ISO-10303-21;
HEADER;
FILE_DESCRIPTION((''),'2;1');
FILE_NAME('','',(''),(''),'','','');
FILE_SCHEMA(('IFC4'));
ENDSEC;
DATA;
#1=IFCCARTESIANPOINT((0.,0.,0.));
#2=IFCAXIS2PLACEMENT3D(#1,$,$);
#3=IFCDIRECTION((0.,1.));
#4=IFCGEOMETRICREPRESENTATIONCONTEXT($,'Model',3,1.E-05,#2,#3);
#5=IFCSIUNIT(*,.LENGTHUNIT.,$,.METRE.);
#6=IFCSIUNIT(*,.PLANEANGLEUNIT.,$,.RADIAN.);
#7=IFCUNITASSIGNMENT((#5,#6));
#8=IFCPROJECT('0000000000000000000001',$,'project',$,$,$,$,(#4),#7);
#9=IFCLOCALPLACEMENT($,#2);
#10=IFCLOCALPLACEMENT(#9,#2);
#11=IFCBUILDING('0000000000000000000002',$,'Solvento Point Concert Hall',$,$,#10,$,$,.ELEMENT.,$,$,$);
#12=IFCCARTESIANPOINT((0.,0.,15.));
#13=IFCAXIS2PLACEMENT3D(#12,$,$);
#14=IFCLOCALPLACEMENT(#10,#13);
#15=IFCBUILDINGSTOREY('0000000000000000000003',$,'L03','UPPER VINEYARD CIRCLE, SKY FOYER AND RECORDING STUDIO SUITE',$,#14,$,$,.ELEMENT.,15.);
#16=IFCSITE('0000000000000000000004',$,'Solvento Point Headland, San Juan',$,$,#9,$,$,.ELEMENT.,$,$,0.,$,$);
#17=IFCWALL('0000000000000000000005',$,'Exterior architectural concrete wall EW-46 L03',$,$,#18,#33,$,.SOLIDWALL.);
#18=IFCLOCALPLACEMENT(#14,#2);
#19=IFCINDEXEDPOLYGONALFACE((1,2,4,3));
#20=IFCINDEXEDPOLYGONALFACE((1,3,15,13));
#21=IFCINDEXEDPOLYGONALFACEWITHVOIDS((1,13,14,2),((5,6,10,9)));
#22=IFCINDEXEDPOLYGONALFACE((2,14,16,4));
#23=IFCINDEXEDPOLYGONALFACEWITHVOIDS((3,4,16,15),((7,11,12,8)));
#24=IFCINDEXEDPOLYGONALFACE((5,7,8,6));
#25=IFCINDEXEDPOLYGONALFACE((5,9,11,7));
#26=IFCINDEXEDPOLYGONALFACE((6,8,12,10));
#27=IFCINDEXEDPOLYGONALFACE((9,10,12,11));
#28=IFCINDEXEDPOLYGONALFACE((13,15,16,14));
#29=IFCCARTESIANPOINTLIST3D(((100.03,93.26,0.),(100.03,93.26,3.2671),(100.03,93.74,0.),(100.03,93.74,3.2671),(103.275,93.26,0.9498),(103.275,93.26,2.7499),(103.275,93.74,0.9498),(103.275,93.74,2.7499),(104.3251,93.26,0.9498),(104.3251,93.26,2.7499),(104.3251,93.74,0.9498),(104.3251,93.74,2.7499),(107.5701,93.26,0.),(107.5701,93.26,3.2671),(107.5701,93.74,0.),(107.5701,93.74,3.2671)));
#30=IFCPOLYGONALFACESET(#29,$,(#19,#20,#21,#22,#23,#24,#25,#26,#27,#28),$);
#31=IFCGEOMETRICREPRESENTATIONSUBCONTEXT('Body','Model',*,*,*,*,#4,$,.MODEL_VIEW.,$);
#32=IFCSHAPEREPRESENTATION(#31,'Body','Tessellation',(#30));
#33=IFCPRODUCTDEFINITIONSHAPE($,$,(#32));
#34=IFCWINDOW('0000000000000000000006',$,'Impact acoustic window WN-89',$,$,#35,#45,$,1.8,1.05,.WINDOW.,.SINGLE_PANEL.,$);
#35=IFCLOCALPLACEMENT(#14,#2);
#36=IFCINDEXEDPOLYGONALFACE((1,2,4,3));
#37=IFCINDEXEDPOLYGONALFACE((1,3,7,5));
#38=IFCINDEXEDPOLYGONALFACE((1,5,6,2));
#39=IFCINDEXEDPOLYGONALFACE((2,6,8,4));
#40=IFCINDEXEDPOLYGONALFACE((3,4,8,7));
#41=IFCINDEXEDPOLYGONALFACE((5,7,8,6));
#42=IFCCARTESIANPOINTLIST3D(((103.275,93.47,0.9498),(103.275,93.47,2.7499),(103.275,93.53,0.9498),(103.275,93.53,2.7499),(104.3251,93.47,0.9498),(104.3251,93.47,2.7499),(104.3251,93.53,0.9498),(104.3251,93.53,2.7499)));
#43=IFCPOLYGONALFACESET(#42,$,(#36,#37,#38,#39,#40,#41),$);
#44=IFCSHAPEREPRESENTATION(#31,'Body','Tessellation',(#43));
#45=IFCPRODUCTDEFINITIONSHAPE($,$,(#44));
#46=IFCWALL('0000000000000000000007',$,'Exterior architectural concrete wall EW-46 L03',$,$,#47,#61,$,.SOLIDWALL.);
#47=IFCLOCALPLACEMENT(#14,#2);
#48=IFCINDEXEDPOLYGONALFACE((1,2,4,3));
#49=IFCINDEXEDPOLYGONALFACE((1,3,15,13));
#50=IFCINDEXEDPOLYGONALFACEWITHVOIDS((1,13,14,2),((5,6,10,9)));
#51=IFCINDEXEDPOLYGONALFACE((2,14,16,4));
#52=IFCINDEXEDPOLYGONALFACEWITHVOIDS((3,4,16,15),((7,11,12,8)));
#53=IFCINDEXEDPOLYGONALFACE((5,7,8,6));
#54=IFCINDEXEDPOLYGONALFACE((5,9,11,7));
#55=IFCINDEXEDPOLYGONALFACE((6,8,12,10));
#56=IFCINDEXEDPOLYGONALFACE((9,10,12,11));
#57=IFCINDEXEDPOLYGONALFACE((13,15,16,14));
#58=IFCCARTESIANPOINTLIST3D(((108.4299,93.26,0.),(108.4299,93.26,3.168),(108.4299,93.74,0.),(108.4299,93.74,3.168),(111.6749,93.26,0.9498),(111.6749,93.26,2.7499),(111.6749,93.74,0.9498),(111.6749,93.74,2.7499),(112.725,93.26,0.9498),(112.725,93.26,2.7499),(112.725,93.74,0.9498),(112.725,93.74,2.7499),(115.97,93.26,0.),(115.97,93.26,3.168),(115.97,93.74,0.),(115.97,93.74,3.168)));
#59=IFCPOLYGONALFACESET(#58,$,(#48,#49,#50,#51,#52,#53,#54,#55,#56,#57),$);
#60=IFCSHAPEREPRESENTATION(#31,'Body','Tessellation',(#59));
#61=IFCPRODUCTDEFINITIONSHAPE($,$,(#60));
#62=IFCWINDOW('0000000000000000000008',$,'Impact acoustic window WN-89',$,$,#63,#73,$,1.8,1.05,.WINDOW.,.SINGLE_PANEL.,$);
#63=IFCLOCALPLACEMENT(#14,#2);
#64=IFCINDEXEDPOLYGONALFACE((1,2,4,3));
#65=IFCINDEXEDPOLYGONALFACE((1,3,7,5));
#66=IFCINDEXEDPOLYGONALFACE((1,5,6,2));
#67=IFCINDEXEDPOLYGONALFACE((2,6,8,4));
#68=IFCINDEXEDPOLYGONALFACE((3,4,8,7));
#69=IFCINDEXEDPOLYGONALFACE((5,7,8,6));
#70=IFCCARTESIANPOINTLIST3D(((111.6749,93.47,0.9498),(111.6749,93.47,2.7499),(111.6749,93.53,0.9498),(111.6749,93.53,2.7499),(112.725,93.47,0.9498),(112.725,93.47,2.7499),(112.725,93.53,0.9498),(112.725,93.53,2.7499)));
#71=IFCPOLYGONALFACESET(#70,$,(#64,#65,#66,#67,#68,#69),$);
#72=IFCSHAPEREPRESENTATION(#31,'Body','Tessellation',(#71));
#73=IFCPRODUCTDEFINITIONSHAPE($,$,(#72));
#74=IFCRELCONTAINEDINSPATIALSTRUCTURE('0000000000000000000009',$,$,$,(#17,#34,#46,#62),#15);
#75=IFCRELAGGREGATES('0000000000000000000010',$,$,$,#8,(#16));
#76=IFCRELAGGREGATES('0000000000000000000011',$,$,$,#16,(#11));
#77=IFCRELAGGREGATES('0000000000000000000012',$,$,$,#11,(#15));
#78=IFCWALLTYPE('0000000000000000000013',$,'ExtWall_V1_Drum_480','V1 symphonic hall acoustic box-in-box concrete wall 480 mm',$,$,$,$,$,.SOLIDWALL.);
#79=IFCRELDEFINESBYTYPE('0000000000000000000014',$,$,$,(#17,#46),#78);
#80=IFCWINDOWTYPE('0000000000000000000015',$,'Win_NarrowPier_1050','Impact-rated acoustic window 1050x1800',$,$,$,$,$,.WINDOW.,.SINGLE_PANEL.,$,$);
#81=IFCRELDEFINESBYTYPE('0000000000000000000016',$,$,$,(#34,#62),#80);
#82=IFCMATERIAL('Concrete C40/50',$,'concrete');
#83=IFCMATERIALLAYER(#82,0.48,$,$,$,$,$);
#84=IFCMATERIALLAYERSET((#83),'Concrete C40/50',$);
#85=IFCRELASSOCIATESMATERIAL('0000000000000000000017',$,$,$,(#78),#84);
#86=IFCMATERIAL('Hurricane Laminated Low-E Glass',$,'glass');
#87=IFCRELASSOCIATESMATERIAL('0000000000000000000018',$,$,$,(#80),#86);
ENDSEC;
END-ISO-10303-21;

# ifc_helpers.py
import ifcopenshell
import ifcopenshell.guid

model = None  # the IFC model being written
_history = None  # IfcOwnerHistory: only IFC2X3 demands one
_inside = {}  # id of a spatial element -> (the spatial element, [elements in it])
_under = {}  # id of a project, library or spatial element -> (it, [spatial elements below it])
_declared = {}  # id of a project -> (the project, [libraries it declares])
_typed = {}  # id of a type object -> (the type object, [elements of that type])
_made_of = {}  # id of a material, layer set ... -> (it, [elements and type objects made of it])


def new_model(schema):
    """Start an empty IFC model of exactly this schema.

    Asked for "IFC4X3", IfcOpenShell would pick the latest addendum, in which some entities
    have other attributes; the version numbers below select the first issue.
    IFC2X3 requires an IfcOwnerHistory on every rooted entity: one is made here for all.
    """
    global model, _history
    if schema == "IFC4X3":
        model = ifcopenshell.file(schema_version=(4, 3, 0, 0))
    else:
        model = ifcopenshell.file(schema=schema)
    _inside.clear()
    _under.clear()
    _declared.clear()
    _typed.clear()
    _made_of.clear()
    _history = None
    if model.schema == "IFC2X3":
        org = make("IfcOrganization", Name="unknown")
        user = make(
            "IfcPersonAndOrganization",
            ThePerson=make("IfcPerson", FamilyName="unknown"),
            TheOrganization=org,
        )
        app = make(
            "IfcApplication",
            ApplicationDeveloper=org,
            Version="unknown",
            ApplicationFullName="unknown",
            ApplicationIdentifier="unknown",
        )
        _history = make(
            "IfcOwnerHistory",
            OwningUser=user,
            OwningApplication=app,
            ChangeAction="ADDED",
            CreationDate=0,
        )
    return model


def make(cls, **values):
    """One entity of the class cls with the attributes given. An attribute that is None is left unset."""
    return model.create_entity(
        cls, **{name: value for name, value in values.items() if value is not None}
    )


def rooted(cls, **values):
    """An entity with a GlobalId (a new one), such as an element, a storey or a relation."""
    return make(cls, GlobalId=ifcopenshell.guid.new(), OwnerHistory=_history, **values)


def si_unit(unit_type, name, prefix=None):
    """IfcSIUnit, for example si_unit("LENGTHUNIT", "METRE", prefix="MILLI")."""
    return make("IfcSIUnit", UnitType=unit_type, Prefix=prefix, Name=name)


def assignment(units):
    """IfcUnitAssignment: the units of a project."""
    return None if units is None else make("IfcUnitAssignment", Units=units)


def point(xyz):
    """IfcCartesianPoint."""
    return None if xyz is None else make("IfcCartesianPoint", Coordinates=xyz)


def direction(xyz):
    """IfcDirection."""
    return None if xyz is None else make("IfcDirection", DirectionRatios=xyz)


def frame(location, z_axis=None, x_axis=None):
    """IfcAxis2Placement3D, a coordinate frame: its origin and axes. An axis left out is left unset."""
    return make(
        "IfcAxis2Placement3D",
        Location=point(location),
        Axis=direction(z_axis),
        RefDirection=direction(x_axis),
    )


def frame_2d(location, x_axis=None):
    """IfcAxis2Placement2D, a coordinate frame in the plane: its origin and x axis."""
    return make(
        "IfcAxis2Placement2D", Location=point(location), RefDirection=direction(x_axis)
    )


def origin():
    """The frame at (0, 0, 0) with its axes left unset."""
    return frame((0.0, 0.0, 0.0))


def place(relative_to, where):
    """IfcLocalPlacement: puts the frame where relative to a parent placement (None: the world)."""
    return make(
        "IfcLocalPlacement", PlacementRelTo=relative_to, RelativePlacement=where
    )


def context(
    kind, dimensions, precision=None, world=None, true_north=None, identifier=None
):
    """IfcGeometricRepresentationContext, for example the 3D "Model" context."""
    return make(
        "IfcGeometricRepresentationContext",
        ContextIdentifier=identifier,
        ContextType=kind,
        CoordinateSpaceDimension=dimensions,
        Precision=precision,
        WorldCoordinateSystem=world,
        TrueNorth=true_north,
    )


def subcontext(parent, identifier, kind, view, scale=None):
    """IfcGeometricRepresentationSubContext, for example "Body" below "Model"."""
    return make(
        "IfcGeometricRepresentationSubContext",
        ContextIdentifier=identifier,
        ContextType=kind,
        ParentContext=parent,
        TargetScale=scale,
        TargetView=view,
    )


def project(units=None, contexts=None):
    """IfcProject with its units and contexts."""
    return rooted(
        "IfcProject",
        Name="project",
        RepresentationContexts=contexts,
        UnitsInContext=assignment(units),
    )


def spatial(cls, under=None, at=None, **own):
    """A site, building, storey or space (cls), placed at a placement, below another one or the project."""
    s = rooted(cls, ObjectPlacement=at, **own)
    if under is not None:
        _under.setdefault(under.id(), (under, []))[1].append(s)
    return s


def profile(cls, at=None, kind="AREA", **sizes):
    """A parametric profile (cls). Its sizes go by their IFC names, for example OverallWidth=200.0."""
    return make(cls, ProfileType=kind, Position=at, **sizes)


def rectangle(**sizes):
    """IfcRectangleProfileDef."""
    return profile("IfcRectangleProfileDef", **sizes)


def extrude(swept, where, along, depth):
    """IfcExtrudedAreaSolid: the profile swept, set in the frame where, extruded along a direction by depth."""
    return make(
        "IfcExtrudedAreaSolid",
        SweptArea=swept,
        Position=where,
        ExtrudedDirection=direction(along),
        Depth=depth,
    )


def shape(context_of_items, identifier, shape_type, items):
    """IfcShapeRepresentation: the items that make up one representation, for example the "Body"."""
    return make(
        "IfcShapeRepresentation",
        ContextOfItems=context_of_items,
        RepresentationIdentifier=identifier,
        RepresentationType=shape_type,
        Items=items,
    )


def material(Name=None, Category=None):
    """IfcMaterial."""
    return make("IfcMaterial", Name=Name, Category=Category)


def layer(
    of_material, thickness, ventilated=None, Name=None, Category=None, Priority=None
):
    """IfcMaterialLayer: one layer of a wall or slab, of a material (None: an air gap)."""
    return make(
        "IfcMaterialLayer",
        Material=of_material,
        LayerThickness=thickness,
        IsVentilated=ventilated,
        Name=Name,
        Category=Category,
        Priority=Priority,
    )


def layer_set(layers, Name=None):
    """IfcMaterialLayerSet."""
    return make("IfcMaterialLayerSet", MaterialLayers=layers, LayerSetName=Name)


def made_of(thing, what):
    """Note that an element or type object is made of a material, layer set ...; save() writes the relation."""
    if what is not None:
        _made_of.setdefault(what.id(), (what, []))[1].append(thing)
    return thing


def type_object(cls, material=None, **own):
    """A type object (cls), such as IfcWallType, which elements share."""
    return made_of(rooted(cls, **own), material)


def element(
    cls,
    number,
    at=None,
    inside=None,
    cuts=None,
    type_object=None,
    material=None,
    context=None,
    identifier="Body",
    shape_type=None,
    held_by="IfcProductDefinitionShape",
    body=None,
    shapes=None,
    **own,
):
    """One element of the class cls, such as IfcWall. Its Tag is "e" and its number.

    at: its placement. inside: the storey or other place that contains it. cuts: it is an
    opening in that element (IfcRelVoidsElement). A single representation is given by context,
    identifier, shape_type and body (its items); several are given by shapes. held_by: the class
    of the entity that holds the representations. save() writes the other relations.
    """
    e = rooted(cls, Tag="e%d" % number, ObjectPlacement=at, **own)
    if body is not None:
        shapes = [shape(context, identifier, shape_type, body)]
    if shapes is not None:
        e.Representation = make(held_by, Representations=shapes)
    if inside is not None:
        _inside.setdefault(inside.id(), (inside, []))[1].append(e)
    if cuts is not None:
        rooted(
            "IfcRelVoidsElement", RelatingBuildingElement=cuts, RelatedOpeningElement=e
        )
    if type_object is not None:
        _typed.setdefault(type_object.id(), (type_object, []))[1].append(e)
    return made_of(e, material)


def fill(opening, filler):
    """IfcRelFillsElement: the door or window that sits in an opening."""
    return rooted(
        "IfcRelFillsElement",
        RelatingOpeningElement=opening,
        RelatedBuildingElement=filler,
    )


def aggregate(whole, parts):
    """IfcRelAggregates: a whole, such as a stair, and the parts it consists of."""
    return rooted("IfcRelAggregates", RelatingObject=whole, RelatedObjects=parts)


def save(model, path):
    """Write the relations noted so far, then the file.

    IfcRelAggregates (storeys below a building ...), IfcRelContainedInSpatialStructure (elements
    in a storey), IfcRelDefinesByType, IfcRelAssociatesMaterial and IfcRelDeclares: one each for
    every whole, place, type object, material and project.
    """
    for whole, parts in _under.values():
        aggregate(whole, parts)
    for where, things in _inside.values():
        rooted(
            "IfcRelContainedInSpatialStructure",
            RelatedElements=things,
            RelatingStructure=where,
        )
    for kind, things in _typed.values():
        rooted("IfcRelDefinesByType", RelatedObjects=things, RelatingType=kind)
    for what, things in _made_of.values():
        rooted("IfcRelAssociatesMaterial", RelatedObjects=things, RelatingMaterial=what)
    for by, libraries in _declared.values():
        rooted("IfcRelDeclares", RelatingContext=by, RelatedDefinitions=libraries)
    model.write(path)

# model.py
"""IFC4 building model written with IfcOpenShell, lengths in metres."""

from ifc_helpers import new_model, si_unit, direction, frame, frame_2d, origin, place, context, subcontext, project, spatial, rectangle, extrude, material, layer, layer_set, type_object, element, fill, save


model = new_model("IFC4")

# Units and contexts
model_context = context("Model", 3, precision=1e-05, world=origin(), true_north=direction((0.0, 1.0)))
body_context = subcontext(model_context, "Body", "Model", "MODEL_VIEW")
ifc_project = project(units=[si_unit("LENGTHUNIT", "METRE"), si_unit("PLANEANGLEUNIT", "RADIAN")], contexts=[model_context])

# Site, building, storey
site_placement = place(None, origin())
site = spatial("IfcSite", under=ifc_project, at=site_placement, Name="Solvento Point Headland, San Juan", CompositionType="ELEMENT", RefElevation=0.0)
building_placement = place(site_placement, origin())
building = spatial("IfcBuilding", under=site, at=building_placement, Name="Solvento Point Concert Hall", CompositionType="ELEMENT")
storey_placement = place(building_placement, frame((0.0, 0.0, 15.0)))
storey = spatial("IfcBuildingStorey", under=building, at=storey_placement, Name="L03", Description="UPPER VINEYARD CIRCLE, SKY FOYER AND RECORDING STUDIO SUITE", CompositionType="ELEMENT", Elevation=15.0)

# Walls, openings, windows
ifc_material_1 = material(Name="Concrete C40/50", Category="concrete")
ifc_layer_1 = layer(ifc_material_1, 0.48)
ifc_layer_set_1 = layer_set([ifc_layer_1], Name="Concrete C40/50")
wall_type_1 = type_object("IfcWallType", Name="ExtWall_V1_Drum_480", Description="V1 symphonic hall acoustic box-in-box concrete wall 480 mm", PredefinedType="SOLIDWALL", material=ifc_layer_set_1)
wall_1_placement = place(storey_placement, frame((100.03, 93.5, 0.0), z_axis=(0.0, 0.0, 1.0), x_axis=(1.0, 0.0, 0.0)))
wall_1 = element("IfcWall", 1, at=wall_1_placement, inside=storey, type_object=wall_type_1, Name="Exterior architectural concrete wall EW-46 L03", PredefinedType="SOLIDWALL", context=body_context, shape_type="SweptSolid", body=[
    extrude(rectangle(XDim=7.54, YDim=0.48, at=frame_2d((3.77, 0.0))), origin(), (0.0, 0.0, 1.0), 3.2671),
])
opening_1_placement = place(wall_1_placement, frame((3.2451, 0.0, 0.95)))
opening_1 = element("IfcOpeningElement", 2, at=opening_1_placement, cuts=wall_1, PredefinedType="OPENING", context=body_context, shape_type="SweptSolid", body=[
    extrude(rectangle(XDim=1.05, YDim=1.8, at=frame_2d((0.5249, 0.8999))), frame((0.0, 0.25, 0.0), z_axis=(0.0, -1.0, 0.0), x_axis=(1.0, 0.0, 0.0)), (0.0, 0.0, 1.0), 0.5),
])
ifc_material_2 = material(Name="Hurricane Laminated Low-E Glass", Category="glass")
window_type = type_object("IfcWindowType", Name="Win_NarrowPier_1050", Description="Impact-rated acoustic window 1050x1800", PartitioningType="SINGLE_PANEL", PredefinedType="WINDOW", material=ifc_material_2)
window_1_placement = place(opening_1_placement, origin())
window_1 = element("IfcWindow", 3, at=window_1_placement, inside=storey, type_object=window_type, Name="Impact acoustic window WN-89", OverallHeight=1.8, OverallWidth=1.05, PartitioningType="SINGLE_PANEL", PredefinedType="WINDOW", context=body_context, shape_type="SweptSolid", body=[
    extrude(rectangle(XDim=1.05, YDim=1.8, at=frame_2d((0.5249, 0.8999))), frame((0.0, 0.03, 0.0), z_axis=(0.0, -1.0, 0.0), x_axis=(1.0, 0.0, 0.0)), (0.0, 0.0, 1.0), 0.0601),
])
fill(opening_1, window_1)
wall_2_placement = place(storey_placement, frame((108.4299, 93.5, 0.0), z_axis=(0.0, 0.0, 1.0), x_axis=(1.0, 0.0, 0.0)))
wall_2 = element("IfcWall", 4, at=wall_2_placement, inside=storey, type_object=wall_type_1, Name="Exterior architectural concrete wall EW-46 L03", PredefinedType="SOLIDWALL", context=body_context, shape_type="SweptSolid", body=[
    extrude(rectangle(XDim=7.54, YDim=0.48, at=frame_2d((3.77, 0.0))), origin(), (0.0, 0.0, 1.0), 3.168),
])
opening_2_placement = place(wall_2_placement, frame((3.2451, 0.0, 0.95)))
opening_2 = element("IfcOpeningElement", 5, at=opening_2_placement, cuts=wall_2, PredefinedType="OPENING", context=body_context, shape_type="SweptSolid", body=[
    extrude(rectangle(XDim=1.05, YDim=1.8, at=frame_2d((0.5249, 0.8999))), frame((0.0, 0.25, 0.0), z_axis=(0.0, -1.0, 0.0), x_axis=(1.0, 0.0, 0.0)), (0.0, 0.0, 1.0), 0.5),
])
window_2_placement = place(opening_2_placement, origin())
window_2 = element("IfcWindow", 6, at=window_2_placement, inside=storey, type_object=window_type, Name="Impact acoustic window WN-89", OverallHeight=1.8, OverallWidth=1.05, PartitioningType="SINGLE_PANEL", PredefinedType="WINDOW", context=body_context, shape_type="SweptSolid", body=[
    extrude(rectangle(XDim=1.05, YDim=1.8, at=frame_2d((0.5249, 0.8999))), frame((0.0, 0.03, 0.0), z_axis=(0.0, -1.0, 0.0), x_axis=(1.0, 0.0, 0.0)), (0.0, 0.0, 1.0), 0.0601),
])
fill(opening_2, window_2)

save(model, "model.ifc")
